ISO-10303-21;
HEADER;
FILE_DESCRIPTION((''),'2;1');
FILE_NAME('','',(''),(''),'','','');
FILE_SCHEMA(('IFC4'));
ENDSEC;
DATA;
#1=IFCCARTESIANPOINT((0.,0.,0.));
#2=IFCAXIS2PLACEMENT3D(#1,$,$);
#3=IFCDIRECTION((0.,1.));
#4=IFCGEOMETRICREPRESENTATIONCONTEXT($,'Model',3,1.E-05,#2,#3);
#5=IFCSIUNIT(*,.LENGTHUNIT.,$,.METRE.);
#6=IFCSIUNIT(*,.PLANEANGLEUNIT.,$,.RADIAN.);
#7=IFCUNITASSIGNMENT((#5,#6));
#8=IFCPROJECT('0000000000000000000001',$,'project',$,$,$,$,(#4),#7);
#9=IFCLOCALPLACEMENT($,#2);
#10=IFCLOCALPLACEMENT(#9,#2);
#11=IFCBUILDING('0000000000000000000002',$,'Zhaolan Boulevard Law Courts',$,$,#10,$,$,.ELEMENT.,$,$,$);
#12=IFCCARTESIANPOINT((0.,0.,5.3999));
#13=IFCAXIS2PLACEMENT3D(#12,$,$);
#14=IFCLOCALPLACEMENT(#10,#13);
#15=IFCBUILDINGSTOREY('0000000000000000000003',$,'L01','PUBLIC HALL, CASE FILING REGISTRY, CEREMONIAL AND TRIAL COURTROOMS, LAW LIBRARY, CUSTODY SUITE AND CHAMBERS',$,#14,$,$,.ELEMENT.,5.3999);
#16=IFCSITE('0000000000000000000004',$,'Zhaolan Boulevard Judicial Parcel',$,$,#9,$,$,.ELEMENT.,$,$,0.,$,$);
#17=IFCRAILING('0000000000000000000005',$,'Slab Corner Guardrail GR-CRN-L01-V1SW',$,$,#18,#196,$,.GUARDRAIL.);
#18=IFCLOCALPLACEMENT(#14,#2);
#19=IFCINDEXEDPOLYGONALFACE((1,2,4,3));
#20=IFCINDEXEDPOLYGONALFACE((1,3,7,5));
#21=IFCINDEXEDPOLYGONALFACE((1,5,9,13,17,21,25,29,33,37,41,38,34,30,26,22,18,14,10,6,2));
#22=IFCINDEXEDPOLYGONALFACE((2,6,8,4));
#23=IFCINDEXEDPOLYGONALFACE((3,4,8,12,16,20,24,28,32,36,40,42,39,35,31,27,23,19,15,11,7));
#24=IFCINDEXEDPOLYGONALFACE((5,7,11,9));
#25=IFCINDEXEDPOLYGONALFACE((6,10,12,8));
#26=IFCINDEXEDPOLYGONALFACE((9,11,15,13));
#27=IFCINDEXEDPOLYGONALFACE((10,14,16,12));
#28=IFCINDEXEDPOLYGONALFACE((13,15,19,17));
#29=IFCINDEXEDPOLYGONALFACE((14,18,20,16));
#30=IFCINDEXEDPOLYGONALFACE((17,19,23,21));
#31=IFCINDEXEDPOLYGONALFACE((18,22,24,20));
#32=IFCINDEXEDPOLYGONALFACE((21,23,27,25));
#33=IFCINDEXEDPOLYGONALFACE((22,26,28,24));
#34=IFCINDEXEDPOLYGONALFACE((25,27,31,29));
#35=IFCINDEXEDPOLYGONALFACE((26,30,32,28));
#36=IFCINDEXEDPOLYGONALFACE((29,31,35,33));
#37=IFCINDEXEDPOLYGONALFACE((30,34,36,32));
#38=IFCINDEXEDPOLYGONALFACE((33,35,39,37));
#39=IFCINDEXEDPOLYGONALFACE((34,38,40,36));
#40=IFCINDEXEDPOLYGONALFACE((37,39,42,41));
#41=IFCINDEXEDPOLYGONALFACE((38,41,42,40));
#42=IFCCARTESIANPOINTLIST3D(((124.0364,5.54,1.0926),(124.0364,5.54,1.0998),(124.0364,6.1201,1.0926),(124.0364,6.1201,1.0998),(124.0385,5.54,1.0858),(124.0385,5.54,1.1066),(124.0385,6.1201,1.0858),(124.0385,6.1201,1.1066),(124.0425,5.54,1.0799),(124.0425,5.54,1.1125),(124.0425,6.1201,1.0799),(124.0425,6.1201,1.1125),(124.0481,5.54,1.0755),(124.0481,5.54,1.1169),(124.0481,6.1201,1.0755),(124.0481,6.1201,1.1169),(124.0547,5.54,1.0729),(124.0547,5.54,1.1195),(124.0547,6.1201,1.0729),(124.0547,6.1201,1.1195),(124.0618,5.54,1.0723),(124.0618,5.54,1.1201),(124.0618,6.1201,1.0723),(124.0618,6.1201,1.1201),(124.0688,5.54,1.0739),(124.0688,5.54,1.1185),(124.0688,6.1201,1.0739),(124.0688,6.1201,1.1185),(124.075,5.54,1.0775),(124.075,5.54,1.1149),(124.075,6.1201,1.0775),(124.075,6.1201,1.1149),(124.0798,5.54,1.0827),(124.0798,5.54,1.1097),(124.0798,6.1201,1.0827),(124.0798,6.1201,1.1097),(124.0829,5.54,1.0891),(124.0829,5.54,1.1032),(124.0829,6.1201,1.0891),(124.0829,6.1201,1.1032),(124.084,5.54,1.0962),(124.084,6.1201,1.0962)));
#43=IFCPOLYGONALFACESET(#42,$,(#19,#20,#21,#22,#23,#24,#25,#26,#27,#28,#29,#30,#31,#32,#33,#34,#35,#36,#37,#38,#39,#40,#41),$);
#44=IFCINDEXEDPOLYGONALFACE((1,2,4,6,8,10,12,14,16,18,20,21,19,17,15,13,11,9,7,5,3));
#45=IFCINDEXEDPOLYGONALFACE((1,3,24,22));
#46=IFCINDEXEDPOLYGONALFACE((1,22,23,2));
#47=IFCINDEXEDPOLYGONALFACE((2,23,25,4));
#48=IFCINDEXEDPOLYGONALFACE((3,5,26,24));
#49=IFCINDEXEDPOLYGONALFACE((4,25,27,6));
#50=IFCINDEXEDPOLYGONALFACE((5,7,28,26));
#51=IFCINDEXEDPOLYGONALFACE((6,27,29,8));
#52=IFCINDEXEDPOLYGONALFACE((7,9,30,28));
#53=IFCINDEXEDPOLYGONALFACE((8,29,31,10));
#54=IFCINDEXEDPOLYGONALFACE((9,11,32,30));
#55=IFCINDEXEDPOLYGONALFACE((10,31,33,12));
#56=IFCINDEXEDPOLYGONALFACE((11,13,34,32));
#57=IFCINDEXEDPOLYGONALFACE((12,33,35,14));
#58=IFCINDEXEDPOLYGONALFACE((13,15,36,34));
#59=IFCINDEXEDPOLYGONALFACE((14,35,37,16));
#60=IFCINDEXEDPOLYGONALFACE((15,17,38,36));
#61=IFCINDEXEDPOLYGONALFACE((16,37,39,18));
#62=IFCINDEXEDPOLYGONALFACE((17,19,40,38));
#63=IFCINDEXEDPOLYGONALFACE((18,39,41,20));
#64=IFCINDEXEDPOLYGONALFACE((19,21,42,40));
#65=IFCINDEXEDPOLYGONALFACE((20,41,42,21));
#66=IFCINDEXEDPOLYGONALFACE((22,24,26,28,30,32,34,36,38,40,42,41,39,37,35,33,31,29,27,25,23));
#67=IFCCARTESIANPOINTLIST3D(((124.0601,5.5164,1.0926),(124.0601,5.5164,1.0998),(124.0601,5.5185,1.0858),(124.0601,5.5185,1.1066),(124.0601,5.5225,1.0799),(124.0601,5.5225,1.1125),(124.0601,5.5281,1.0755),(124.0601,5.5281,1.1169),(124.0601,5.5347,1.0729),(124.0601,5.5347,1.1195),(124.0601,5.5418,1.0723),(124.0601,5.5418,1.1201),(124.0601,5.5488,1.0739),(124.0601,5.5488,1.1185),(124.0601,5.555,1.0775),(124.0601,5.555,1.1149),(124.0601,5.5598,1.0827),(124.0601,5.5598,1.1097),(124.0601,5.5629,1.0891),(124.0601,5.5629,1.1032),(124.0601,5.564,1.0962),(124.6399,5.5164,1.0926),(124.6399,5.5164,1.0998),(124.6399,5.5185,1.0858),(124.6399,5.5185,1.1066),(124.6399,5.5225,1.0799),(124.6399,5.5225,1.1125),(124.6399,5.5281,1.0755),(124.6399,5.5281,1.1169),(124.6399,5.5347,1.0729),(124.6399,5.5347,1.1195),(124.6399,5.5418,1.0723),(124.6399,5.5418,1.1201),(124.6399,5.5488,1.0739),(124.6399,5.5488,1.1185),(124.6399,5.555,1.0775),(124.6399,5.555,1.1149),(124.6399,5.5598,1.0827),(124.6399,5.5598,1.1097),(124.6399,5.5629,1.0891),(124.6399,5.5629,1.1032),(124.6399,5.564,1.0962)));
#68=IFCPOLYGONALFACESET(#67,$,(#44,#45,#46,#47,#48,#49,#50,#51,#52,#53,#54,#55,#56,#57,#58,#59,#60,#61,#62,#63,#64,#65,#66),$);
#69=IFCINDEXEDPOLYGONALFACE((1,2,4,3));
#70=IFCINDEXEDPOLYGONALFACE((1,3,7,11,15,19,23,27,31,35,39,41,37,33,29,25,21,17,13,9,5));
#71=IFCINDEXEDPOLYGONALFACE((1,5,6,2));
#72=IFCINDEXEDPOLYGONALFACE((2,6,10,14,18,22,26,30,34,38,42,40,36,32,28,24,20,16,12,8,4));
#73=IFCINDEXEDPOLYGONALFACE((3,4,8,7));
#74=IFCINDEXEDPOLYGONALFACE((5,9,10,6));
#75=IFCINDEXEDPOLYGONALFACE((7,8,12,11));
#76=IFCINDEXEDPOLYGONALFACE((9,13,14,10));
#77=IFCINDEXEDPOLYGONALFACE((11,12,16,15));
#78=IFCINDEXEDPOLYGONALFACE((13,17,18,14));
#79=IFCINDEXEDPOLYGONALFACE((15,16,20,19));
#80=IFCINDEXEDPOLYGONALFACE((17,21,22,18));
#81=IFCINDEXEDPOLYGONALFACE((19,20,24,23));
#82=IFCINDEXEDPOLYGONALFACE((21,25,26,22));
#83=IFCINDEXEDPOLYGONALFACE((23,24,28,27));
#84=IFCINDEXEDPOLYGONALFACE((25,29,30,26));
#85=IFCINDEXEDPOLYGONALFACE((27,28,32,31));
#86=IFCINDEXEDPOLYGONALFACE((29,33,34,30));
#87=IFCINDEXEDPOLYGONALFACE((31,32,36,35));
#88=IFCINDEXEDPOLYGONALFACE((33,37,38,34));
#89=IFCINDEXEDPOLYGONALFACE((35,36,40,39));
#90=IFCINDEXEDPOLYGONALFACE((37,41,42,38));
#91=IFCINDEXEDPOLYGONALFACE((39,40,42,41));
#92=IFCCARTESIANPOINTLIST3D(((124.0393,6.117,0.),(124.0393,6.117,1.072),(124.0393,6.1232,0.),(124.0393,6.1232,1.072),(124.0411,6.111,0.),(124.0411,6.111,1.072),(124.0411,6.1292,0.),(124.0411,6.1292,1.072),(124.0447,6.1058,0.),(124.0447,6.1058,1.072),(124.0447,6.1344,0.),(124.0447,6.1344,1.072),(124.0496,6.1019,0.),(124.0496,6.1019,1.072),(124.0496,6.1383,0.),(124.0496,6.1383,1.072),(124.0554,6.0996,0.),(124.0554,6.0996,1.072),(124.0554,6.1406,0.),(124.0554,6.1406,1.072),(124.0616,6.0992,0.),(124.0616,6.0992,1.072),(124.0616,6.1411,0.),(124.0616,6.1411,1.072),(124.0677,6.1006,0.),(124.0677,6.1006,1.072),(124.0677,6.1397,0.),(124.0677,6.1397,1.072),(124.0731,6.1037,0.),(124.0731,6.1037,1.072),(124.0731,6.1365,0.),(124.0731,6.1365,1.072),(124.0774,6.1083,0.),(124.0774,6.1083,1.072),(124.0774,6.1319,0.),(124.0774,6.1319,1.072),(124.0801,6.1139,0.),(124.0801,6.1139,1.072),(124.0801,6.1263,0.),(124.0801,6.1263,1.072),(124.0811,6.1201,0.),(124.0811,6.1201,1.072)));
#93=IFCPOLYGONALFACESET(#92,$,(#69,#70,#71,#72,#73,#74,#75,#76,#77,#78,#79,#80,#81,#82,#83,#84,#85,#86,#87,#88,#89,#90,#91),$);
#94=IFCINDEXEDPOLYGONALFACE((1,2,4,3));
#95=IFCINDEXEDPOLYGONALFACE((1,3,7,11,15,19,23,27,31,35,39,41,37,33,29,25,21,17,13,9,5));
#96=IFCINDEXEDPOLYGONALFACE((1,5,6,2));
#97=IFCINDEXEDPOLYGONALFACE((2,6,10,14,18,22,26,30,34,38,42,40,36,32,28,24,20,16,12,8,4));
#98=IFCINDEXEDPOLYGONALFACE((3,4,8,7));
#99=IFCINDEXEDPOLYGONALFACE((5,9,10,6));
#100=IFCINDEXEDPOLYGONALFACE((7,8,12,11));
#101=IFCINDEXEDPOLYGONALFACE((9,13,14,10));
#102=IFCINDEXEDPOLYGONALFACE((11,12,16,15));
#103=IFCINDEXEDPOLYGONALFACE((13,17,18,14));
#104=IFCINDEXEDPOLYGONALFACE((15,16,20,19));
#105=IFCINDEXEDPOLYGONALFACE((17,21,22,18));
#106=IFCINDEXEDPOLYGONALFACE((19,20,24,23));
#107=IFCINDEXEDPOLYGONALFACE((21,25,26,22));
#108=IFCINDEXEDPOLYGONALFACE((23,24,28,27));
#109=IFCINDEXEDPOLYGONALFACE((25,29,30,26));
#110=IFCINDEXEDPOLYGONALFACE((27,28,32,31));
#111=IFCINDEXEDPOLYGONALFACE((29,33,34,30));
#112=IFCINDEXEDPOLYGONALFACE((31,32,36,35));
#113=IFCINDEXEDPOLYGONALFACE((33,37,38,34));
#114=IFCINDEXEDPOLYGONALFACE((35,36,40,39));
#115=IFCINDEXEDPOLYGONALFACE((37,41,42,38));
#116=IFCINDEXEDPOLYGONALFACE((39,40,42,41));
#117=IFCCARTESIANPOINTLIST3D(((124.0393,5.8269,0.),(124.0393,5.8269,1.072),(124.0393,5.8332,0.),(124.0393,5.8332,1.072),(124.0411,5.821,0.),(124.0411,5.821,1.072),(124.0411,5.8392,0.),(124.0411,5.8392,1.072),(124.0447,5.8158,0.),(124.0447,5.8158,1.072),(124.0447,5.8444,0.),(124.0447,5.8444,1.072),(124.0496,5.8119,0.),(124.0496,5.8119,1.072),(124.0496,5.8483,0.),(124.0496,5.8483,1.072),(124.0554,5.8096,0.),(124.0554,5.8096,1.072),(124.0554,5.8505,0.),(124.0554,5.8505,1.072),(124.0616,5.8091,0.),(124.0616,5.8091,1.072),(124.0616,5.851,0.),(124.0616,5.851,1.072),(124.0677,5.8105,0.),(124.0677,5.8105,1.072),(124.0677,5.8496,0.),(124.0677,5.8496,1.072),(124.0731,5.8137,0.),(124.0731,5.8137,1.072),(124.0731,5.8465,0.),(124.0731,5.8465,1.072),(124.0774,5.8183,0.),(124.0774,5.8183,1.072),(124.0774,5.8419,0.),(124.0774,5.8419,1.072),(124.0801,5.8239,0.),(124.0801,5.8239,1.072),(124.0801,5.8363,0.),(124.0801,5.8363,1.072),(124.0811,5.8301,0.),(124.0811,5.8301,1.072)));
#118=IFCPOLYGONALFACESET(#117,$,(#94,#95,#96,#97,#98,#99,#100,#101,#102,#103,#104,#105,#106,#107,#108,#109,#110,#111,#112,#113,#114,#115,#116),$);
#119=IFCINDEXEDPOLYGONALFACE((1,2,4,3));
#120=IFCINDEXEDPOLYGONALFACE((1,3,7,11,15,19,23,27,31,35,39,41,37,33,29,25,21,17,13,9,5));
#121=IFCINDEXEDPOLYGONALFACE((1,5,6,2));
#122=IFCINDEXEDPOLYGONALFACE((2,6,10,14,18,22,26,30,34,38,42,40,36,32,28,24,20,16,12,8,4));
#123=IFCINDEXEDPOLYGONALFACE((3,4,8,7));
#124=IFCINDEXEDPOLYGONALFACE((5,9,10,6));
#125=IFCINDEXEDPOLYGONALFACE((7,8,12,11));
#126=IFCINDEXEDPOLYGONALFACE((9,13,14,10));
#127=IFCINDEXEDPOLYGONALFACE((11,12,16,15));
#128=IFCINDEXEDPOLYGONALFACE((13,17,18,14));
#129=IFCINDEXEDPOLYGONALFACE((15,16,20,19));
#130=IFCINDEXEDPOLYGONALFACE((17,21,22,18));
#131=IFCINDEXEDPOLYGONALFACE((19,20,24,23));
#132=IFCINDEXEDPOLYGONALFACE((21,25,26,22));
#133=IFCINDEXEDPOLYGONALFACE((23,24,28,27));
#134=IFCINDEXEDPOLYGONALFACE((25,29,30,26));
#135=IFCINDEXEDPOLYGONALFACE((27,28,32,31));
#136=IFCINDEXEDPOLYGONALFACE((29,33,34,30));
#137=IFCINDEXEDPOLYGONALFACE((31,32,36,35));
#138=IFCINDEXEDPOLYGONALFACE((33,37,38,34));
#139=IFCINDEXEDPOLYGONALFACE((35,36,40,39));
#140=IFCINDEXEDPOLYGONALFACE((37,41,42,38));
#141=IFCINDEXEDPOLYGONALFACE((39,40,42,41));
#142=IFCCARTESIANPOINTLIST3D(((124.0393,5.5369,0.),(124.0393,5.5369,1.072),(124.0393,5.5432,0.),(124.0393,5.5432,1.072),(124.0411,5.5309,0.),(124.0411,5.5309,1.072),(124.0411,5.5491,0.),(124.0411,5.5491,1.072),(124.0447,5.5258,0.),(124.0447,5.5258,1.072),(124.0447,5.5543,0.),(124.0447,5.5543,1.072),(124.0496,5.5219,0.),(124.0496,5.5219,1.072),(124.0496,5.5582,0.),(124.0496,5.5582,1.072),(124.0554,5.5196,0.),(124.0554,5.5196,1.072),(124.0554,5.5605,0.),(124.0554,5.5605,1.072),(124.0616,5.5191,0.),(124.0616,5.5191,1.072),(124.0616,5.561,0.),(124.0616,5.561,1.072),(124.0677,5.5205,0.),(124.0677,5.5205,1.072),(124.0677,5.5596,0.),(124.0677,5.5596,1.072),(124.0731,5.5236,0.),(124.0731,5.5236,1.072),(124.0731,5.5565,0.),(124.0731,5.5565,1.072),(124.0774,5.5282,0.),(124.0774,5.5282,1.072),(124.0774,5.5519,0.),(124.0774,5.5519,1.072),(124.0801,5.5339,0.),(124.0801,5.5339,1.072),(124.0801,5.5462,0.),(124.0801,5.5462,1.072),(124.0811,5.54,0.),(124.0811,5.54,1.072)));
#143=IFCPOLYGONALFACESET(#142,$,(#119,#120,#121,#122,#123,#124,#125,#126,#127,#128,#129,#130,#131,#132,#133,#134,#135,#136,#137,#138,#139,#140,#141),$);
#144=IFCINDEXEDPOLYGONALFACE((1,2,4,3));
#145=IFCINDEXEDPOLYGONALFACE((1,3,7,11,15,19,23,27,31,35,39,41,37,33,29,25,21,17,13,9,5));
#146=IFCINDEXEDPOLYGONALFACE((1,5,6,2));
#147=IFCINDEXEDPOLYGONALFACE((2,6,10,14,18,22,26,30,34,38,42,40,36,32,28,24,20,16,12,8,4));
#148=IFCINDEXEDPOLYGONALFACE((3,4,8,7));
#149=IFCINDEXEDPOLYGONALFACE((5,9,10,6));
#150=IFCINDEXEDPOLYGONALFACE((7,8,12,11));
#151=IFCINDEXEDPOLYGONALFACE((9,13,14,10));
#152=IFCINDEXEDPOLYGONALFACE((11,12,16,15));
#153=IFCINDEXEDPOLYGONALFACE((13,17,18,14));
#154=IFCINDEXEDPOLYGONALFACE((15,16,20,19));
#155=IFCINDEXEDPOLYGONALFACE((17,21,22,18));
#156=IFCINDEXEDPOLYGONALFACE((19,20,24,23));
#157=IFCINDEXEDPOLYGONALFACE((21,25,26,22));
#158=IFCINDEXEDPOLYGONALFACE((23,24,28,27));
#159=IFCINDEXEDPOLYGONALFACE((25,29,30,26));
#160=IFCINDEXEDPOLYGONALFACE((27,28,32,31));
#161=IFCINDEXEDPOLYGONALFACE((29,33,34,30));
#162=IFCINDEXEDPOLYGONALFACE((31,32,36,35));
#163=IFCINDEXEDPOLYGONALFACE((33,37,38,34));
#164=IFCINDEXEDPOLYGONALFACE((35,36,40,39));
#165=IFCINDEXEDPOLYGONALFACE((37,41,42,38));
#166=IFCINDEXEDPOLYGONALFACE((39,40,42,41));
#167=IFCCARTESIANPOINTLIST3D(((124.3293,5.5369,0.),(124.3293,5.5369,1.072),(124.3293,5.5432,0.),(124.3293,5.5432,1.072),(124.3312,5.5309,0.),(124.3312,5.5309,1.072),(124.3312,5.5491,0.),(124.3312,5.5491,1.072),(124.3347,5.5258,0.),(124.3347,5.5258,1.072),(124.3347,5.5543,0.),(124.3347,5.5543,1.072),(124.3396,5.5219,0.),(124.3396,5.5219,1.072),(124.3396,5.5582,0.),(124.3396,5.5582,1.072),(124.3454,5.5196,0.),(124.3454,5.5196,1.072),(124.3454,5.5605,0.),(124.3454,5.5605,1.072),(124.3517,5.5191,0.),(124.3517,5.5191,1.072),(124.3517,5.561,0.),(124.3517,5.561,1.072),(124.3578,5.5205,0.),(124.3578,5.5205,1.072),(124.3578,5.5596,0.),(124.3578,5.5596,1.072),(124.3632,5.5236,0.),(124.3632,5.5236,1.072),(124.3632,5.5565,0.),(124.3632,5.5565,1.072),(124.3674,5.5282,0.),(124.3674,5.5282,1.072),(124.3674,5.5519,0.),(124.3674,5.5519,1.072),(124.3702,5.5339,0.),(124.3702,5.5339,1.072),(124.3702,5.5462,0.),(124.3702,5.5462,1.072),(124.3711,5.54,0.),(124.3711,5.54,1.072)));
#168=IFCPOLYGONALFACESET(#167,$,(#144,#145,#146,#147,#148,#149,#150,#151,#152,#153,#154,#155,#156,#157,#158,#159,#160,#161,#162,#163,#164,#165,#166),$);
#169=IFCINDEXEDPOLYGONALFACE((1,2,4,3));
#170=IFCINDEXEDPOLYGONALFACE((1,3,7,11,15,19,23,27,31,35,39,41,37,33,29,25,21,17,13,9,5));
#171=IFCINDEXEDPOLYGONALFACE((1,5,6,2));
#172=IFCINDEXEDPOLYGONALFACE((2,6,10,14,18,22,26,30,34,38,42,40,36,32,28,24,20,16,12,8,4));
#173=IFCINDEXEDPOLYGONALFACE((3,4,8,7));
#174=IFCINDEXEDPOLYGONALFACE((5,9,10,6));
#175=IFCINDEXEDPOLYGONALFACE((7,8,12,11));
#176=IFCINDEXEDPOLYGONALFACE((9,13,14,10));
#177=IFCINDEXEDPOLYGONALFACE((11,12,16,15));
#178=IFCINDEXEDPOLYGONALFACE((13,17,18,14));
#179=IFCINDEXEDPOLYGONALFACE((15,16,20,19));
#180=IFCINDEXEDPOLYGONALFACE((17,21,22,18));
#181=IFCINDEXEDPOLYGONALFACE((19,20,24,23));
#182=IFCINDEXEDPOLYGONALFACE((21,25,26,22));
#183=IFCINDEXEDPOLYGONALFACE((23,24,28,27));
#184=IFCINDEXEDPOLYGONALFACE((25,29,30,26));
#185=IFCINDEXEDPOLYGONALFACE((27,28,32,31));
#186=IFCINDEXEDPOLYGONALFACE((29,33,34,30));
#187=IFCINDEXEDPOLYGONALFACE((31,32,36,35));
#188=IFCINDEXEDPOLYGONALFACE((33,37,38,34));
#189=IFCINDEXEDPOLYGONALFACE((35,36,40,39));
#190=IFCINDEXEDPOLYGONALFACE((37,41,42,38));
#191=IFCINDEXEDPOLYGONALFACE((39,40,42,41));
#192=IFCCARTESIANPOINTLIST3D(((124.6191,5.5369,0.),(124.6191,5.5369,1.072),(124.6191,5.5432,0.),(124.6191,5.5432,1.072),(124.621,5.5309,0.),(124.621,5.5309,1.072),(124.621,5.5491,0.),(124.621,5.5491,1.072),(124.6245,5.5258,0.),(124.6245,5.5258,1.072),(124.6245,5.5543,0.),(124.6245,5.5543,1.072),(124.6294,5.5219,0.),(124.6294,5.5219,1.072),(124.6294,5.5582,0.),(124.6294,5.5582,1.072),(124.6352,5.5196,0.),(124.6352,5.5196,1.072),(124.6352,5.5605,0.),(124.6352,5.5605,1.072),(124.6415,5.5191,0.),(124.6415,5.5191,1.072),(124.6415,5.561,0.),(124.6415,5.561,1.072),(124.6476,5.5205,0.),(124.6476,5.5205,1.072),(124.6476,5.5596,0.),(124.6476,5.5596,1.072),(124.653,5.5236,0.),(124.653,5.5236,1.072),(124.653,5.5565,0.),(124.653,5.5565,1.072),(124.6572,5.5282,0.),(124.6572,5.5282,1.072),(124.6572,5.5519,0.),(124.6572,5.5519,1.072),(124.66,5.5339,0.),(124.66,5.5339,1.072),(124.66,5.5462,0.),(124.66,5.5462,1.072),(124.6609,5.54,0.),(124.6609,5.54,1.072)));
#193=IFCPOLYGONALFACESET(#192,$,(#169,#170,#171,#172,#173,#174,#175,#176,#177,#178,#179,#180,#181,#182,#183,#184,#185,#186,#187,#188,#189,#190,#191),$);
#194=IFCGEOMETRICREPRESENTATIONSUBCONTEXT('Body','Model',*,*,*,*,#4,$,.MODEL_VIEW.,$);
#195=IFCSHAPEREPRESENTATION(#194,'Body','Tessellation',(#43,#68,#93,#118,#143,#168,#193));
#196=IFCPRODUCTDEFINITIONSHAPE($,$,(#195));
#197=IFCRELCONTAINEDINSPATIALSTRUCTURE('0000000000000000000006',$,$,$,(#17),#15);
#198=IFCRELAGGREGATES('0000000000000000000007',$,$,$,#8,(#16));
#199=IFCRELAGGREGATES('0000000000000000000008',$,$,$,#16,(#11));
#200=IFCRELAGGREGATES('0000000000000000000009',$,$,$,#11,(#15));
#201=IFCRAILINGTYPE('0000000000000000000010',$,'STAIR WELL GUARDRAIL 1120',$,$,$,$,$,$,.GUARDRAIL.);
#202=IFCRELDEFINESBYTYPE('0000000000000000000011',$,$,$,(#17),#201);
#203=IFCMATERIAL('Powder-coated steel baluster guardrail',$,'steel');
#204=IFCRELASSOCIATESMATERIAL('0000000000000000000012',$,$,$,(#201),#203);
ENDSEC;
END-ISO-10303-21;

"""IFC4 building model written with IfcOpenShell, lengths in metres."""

from ifc_helpers import new_model, si_unit, direction, frame, origin, origin_2d, place, context, subcontext, project, spatial, circle, extrude, material, type_object, element, save


model = new_model("IFC4")

# Units and contexts
model_context = context("Model", 3, precision=1e-05, world=origin(), true_north=direction((0.0, 1.0)))
body_context = subcontext(model_context, "Body", "Model", "MODEL_VIEW")
ifc_project = project(units=[si_unit("LENGTHUNIT", "METRE"), si_unit("PLANEANGLEUNIT", "RADIAN")], contexts=[model_context])

# Site, building, storey
site_placement = place(None, origin())
site = spatial("IfcSite", under=ifc_project, at=site_placement, Name="Zhaolan Boulevard Judicial Parcel", CompositionType="ELEMENT", RefElevation=0.0)
building_placement = place(site_placement, origin())
building = spatial("IfcBuilding", under=site, at=building_placement, Name="Zhaolan Boulevard Law Courts", CompositionType="ELEMENT")
storey_placement = place(building_placement, frame((0.0, 0.0, 5.3999)))
storey = spatial("IfcBuildingStorey", under=building, at=storey_placement, Name="L01", Description="PUBLIC HALL, CASE FILING REGISTRY, CEREMONIAL AND TRIAL COURTROOMS, LAW LIBRARY, CUSTODY SUITE AND CHAMBERS", CompositionType="ELEMENT", Elevation=5.3999)

# Railing
ifc_material_1 = material(Name="Powder-coated steel baluster guardrail", Category="steel")
railing_type = type_object("IfcRailingType", Name="STAIR WELL GUARDRAIL 1120", PredefinedType="GUARDRAIL", material=ifc_material_1)
railing_placement = place(storey_placement, frame((124.0601, 6.1201, 0.0)))
element("IfcRailing", 1, at=railing_placement, inside=storey, type_object=railing_type, Name="Slab Corner Guardrail GR-CRN-L01-V1SW", PredefinedType="GUARDRAIL", context=body_context, shape_type="SweptSolid", body=[
    extrude(circle(Radius=0.0239, at=origin_2d()), frame((0.0, 0.0, 1.0962), z_axis=(0.0, -1.0, 0.0), x_axis=(1.0, 0.0, 0.0)), (0.0, 0.0, 1.0), 0.5801),
    extrude(circle(Radius=0.0239, at=origin_2d()), frame((0.0, -0.5801, 1.0962), z_axis=(1.0, 0.0, 0.0), x_axis=(0.0, 1.0, 0.0)), (0.0, 0.0, 1.0), 0.5798),
    extrude(circle(Radius=0.021, at=origin_2d()), origin(), (0.0, 0.0, 1.0), 1.072),
    extrude(circle(Radius=0.021, at=origin_2d()), frame((0.0, -0.29, 0.0)), (0.0, 0.0, 1.0), 1.072),
    extrude(circle(Radius=0.021, at=origin_2d()), frame((0.0, -0.5801, 0.0)), (0.0, 0.0, 1.0), 1.072),
    extrude(circle(Radius=0.021, at=origin_2d()), frame((0.29, -0.5801, 0.0)), (0.0, 0.0, 1.0), 1.072),
    extrude(circle(Radius=0.021, at=origin_2d()), frame((0.5798, -0.5801, 0.0)), (0.0, 0.0, 1.0), 1.072),
])

save(model, "model.ifc")
